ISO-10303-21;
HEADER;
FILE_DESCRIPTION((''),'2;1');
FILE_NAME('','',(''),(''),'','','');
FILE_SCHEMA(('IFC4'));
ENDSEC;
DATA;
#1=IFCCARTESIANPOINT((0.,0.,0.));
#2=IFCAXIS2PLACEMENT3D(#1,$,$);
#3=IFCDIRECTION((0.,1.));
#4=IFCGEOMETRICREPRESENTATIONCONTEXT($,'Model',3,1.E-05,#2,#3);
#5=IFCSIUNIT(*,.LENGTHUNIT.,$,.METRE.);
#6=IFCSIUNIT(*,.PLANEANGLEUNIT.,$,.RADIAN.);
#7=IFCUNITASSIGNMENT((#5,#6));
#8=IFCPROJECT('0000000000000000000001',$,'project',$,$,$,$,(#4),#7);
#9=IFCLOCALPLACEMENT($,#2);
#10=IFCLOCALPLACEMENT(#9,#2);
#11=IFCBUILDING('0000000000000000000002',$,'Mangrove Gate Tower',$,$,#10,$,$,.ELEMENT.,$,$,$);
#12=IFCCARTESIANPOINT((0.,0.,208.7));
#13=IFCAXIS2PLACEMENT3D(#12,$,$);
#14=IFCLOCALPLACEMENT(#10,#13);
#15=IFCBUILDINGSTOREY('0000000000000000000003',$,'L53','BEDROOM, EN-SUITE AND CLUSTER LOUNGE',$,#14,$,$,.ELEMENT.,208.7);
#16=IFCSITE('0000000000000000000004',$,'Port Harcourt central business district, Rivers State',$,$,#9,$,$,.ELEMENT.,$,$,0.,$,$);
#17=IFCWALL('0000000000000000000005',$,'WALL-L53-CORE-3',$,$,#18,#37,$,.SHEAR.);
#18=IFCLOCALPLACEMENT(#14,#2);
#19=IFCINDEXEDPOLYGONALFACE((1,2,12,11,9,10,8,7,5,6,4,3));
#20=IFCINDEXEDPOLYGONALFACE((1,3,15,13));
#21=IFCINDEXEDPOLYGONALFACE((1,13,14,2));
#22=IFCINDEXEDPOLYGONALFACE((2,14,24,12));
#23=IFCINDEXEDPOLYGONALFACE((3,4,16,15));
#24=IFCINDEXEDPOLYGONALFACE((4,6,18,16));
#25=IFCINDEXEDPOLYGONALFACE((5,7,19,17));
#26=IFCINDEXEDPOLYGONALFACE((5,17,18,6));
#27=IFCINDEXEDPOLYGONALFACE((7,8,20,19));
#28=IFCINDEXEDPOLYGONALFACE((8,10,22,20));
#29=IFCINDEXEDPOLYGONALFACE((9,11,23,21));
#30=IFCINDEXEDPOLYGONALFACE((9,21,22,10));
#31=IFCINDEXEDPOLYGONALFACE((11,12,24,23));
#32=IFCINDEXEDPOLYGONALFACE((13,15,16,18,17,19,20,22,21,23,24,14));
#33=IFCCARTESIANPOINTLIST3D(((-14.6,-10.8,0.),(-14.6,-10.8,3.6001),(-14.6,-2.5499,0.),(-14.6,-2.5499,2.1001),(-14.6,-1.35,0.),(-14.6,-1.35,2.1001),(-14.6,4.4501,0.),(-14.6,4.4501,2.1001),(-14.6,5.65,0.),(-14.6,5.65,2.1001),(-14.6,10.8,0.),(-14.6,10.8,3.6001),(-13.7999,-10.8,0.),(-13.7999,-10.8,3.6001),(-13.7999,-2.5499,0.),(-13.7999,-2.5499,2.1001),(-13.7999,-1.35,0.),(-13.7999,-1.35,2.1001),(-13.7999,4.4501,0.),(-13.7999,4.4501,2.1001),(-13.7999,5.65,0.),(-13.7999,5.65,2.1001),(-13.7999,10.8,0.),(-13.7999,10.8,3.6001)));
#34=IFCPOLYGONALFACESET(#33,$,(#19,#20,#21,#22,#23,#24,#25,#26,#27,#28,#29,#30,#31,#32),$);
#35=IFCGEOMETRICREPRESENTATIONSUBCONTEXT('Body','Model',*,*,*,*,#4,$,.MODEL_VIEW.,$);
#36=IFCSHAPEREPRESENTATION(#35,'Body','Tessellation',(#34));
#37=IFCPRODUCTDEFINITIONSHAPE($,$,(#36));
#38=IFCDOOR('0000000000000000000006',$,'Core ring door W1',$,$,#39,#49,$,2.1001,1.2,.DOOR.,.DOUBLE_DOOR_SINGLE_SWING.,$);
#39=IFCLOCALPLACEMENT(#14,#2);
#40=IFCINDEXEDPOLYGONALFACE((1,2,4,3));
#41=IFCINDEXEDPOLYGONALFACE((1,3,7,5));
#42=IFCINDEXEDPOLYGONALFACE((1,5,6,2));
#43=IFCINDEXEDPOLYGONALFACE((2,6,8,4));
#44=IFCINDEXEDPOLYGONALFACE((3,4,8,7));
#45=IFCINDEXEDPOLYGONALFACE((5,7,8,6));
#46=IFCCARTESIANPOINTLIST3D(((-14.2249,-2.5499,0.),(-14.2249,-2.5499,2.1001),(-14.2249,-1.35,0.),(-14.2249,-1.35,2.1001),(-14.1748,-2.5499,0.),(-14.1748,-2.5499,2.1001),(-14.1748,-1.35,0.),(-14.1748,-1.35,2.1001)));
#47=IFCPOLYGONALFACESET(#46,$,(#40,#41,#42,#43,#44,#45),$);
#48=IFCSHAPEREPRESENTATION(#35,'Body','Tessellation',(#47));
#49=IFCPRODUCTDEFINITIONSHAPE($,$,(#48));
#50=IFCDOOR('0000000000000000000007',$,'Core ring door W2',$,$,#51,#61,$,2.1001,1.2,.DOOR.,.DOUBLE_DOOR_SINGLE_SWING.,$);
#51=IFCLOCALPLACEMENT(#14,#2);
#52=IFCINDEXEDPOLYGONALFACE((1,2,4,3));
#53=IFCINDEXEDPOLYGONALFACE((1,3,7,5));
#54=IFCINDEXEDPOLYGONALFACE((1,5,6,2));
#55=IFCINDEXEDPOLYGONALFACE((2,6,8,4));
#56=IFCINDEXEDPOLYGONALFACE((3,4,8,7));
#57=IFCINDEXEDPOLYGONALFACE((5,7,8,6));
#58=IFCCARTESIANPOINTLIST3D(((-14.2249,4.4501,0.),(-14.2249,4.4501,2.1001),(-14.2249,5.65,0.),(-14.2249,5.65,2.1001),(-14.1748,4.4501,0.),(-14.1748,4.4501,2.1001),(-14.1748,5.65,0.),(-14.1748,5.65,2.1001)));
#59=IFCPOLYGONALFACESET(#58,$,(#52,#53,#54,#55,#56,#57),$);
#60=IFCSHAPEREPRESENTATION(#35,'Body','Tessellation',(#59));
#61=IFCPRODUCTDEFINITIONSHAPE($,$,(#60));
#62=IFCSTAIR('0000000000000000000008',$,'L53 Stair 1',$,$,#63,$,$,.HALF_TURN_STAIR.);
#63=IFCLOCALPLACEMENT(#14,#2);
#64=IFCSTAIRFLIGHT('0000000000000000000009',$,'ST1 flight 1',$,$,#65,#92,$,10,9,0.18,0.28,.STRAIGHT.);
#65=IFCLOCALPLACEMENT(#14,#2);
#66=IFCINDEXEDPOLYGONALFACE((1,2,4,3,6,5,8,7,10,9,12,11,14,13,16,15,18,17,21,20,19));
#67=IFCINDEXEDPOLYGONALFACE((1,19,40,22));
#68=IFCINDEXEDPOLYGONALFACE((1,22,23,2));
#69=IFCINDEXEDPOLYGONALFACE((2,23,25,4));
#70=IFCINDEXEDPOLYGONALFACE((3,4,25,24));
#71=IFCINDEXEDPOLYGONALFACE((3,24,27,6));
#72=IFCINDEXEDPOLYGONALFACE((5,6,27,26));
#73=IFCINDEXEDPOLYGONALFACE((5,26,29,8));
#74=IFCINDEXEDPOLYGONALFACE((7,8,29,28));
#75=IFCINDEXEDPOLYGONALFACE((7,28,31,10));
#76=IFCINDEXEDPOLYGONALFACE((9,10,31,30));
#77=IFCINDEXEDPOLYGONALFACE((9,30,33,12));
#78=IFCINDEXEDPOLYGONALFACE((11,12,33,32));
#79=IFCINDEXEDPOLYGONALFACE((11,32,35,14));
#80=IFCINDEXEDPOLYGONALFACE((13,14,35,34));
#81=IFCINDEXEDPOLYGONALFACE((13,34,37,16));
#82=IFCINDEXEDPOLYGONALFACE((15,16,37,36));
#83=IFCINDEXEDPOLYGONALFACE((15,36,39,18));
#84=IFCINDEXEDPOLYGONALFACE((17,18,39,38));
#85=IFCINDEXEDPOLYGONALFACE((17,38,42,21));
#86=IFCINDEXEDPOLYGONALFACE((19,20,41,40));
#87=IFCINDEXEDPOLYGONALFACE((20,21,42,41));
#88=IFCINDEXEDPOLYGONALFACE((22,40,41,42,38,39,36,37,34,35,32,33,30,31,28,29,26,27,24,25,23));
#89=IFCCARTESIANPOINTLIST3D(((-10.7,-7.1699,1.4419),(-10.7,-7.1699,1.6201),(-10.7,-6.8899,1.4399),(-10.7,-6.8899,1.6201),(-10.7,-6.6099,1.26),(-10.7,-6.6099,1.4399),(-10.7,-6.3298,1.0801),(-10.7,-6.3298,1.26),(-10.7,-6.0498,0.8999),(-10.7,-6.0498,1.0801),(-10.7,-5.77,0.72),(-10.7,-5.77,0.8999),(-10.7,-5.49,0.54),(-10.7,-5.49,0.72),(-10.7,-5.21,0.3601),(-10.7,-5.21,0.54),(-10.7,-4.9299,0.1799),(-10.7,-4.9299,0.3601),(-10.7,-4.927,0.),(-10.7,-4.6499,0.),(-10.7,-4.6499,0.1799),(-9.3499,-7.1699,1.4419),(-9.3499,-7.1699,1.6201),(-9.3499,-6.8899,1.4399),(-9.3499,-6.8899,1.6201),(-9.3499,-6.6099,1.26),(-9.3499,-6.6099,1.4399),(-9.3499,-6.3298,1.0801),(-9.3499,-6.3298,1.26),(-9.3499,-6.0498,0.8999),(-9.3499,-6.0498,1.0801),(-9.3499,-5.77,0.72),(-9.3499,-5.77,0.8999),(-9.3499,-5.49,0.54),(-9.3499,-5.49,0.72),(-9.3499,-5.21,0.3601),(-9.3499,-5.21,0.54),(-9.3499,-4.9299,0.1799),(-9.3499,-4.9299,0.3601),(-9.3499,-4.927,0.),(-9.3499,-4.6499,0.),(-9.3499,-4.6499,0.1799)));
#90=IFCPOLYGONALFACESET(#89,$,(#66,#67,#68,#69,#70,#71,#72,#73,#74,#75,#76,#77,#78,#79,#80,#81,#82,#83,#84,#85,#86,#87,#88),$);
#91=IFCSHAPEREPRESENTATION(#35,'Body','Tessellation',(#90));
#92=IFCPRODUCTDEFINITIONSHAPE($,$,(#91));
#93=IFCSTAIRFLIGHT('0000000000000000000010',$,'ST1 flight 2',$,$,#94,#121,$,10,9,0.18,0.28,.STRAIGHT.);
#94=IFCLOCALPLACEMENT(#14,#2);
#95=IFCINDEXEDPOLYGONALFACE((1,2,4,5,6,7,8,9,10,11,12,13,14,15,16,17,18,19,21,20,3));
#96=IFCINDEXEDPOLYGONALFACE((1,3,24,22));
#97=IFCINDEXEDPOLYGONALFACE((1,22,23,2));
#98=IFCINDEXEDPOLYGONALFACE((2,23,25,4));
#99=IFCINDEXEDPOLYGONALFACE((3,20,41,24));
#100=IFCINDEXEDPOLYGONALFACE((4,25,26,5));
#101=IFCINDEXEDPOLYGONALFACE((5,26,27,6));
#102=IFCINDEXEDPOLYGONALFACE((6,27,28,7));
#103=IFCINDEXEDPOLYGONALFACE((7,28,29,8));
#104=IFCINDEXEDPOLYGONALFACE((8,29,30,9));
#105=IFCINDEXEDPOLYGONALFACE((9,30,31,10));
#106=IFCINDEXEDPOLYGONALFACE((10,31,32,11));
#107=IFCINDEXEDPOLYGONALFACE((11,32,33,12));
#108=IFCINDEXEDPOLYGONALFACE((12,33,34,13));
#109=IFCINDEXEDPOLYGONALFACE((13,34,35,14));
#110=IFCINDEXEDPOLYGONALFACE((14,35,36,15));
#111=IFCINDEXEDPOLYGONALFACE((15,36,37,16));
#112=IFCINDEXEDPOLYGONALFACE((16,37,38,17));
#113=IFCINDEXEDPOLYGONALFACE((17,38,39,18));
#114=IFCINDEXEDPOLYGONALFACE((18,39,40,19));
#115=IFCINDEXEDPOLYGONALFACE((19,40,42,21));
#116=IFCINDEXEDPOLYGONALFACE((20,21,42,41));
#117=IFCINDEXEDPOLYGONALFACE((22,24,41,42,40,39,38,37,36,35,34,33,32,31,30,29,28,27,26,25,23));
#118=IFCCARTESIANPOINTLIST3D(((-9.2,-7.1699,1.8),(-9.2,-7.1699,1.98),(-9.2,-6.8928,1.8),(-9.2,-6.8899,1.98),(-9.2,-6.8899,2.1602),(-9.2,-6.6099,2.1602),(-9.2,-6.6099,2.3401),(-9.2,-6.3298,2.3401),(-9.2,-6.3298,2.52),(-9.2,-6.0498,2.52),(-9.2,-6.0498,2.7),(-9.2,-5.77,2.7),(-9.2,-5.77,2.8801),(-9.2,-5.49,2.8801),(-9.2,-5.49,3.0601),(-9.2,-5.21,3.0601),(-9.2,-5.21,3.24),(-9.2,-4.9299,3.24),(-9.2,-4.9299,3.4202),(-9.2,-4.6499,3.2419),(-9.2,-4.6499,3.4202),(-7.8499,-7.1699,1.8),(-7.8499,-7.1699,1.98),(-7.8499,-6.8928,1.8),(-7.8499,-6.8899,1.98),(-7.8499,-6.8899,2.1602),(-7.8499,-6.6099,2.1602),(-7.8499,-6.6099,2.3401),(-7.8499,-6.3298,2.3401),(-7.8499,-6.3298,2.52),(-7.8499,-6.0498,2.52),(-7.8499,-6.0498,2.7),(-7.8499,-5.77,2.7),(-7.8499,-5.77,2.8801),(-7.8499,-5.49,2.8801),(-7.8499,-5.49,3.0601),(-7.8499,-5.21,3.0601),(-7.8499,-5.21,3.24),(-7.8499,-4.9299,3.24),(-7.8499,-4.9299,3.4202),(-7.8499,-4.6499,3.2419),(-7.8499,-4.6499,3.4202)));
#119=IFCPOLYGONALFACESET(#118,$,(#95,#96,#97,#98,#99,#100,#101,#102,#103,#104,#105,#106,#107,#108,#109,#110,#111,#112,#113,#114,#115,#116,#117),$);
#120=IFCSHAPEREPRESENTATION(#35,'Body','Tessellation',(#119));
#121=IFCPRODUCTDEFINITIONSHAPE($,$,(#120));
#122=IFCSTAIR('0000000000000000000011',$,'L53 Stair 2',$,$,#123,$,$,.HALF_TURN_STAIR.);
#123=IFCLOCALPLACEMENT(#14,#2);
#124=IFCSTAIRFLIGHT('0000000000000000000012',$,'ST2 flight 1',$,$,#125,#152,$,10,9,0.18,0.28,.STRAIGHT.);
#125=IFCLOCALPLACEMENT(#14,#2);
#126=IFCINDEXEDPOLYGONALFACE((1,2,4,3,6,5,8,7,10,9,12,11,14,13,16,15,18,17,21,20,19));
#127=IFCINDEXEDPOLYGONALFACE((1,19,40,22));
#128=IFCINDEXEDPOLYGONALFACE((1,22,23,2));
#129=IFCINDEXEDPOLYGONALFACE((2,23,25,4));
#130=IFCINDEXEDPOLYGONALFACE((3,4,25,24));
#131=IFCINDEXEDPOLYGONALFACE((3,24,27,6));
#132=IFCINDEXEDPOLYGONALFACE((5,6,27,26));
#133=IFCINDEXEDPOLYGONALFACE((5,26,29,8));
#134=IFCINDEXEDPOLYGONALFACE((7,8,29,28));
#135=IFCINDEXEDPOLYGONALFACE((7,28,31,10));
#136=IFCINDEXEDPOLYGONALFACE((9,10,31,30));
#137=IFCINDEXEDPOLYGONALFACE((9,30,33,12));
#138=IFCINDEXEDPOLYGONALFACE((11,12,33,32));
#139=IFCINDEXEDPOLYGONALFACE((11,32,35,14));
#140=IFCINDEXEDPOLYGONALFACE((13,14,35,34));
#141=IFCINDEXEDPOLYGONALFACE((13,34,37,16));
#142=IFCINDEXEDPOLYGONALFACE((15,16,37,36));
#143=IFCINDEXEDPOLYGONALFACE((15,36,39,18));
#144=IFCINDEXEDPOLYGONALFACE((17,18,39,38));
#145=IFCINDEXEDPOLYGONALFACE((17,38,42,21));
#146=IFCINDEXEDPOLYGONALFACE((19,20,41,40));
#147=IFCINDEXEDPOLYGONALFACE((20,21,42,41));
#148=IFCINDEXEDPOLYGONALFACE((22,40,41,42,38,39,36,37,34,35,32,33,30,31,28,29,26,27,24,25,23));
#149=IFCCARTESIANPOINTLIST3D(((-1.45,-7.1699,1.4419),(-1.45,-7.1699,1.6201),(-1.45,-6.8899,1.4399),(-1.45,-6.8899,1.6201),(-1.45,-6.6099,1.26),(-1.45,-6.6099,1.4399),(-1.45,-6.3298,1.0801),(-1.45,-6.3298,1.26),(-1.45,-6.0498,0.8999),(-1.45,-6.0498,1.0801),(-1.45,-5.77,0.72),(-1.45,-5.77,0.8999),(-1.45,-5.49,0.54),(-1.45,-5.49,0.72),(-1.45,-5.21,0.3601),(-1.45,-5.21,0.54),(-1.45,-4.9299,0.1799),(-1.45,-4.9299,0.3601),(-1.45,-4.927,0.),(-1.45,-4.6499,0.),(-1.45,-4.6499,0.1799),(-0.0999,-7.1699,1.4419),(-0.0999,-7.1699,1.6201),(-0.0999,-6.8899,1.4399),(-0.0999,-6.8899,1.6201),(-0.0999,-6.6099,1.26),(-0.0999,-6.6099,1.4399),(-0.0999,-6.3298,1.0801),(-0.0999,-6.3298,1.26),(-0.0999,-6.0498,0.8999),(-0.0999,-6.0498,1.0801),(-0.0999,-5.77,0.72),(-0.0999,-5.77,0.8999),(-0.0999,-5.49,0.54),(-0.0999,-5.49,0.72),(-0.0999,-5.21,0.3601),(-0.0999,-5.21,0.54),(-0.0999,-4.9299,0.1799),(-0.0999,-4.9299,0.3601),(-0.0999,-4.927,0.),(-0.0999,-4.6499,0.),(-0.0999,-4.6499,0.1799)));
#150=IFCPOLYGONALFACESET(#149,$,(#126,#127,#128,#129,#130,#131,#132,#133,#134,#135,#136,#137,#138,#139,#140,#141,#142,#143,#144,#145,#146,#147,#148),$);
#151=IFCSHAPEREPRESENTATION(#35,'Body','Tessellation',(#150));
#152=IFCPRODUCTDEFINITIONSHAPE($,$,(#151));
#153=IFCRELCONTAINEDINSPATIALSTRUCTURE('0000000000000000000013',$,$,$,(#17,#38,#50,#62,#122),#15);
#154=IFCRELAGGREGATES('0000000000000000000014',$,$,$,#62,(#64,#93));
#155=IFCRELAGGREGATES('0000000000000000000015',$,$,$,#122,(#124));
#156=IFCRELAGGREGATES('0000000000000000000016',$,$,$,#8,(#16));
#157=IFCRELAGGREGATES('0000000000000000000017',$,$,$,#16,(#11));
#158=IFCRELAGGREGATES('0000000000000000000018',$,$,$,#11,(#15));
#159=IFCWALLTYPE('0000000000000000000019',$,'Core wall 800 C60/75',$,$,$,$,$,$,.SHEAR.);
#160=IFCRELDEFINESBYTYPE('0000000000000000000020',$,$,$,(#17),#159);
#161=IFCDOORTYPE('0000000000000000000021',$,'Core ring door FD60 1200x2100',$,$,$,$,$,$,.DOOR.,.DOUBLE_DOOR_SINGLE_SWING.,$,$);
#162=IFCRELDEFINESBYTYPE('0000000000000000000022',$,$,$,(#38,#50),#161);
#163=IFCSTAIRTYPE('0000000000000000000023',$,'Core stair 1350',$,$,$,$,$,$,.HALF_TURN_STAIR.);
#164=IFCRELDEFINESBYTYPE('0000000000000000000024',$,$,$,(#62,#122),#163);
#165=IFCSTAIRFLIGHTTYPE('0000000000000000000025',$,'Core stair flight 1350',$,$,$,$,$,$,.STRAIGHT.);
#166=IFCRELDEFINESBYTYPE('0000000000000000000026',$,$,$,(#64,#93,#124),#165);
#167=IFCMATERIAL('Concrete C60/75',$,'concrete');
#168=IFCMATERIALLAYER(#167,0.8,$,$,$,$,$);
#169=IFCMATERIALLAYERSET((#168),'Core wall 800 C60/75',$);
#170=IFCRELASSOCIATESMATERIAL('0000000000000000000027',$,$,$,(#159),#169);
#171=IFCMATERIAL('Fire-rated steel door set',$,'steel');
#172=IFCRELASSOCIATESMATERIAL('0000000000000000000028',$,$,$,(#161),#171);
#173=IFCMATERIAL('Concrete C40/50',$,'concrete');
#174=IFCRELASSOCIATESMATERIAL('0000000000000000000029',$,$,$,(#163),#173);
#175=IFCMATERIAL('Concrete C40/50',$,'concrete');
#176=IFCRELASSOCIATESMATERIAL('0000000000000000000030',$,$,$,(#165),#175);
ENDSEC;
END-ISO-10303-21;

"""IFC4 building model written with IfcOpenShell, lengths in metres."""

from ifc_helpers import new_model, si_unit, direction, frame, frame_2d, origin, place, context, subcontext, project, spatial, polyline, rectangle, outline, extrude, material, layer, layer_set, type_object, element, fill, aggregate, save


model = new_model("IFC4")

# Units and contexts
model_context = context("Model", 3, precision=1e-05, world=origin(), true_north=direction((0.0, 1.0)))
body_context = subcontext(model_context, "Body", "Model", "MODEL_VIEW")
ifc_project = project(units=[si_unit("LENGTHUNIT", "METRE"), si_unit("PLANEANGLEUNIT", "RADIAN")], contexts=[model_context])

# Site, building, storey
site_placement = place(None, origin())
site = spatial("IfcSite", under=ifc_project, at=site_placement, Name="Port Harcourt central business district, Rivers State", CompositionType="ELEMENT", RefElevation=0.0)
building_placement = place(site_placement, origin())
building = spatial("IfcBuilding", under=site, at=building_placement, Name="Mangrove Gate Tower", CompositionType="ELEMENT")
storey_placement = place(building_placement, frame((0.0, 0.0, 208.7)))
storey = spatial("IfcBuildingStorey", under=building, at=storey_placement, Name="L53", Description="BEDROOM, EN-SUITE AND CLUSTER LOUNGE", CompositionType="ELEMENT", Elevation=208.7)

# Shared definitions
ifc_material_1 = material(Name="Concrete C60/75", Category="concrete")
ifc_layer_1 = layer(ifc_material_1, 0.8)
ifc_layer_set_1 = layer_set([ifc_layer_1], Name="Core wall 800 C60/75")
wall_type_1 = type_object("IfcWallType", Name="Core wall 800 C60/75", PredefinedType="SHEAR", material=ifc_layer_set_1)

# Wall, openings, doors
wall_1_placement = place(storey_placement, frame((-14.2, -10.8, 0.0), z_axis=(0.0, 0.0, 1.0), x_axis=(0.0, 1.0, 0.0)))
wall_1 = element("IfcWall", 1, at=wall_1_placement, inside=storey, type_object=wall_type_1, Name="WALL-L53-CORE-3", PredefinedType="SHEAR", context=body_context, shape_type="SweptSolid", body=[
    extrude(rectangle(XDim=21.6001, YDim=0.8, at=frame_2d((10.8, 0.0))), origin(), (0.0, 0.0, 1.0), 3.6001),
])
opening_1_placement = place(wall_1_placement, frame((8.25, 0.0, 0.0)))
opening_1 = element("IfcOpeningElement", 2, at=opening_1_placement, cuts=wall_1, PredefinedType="OPENING", context=body_context, shape_type="SweptSolid", body=[
    extrude(rectangle(XDim=1.2, YDim=2.1001, at=frame_2d((0.6001, 1.05))), frame((0.0, 0.4099, 0.0), z_axis=(0.0, -1.0, 0.0), x_axis=(1.0, 0.0, 0.0)), (0.0, 0.0, 1.0), 0.8201),
])
opening_2_placement = place(wall_1_placement, frame((15.25, 0.0, 0.0)))
opening_2 = element("IfcOpeningElement", 3, at=opening_2_placement, cuts=wall_1, PredefinedType="OPENING", context=body_context, shape_type="SweptSolid", body=[
    extrude(rectangle(XDim=1.2, YDim=2.1001, at=frame_2d((0.6001, 1.05))), frame((0.0, 0.4099, 0.0), z_axis=(0.0, -1.0, 0.0), x_axis=(1.0, 0.0, 0.0)), (0.0, 0.0, 1.0), 0.8201),
])
ifc_material_2 = material(Name="Fire-rated steel door set", Category="steel")
door_type_1 = type_object("IfcDoorType", Name="Core ring door FD60 1200x2100", OperationType="DOUBLE_DOOR_SINGLE_SWING", PredefinedType="DOOR", material=ifc_material_2)
door_1_placement = place(opening_1_placement, origin())
door_1 = element("IfcDoor", 4, at=door_1_placement, inside=storey, type_object=door_type_1, Name="Core ring door W1", OperationType="DOUBLE_DOOR_SINGLE_SWING", OverallHeight=2.1001, OverallWidth=1.2, PredefinedType="DOOR", context=body_context, shape_type="SweptSolid", body=[
    extrude(rectangle(XDim=1.2, YDim=2.1001, at=frame_2d((0.6001, 1.05))), frame((0.0, 0.0249, 0.0), z_axis=(0.0, -1.0, 0.0), x_axis=(1.0, 0.0, 0.0)), (0.0, 0.0, 1.0), 0.05),
])
fill(opening_1, door_1)
door_2_placement = place(opening_2_placement, origin())
door_2 = element("IfcDoor", 5, at=door_2_placement, inside=storey, type_object=door_type_1, Name="Core ring door W2", OperationType="DOUBLE_DOOR_SINGLE_SWING", OverallHeight=2.1001, OverallWidth=1.2, PredefinedType="DOOR", context=body_context, shape_type="SweptSolid", body=[
    extrude(rectangle(XDim=1.2, YDim=2.1001, at=frame_2d((0.6001, 1.05))), frame((0.0, 0.0249, 0.0), z_axis=(0.0, -1.0, 0.0), x_axis=(1.0, 0.0, 0.0)), (0.0, 0.0, 1.0), 0.05),
])
fill(opening_2, door_2)

# Stair, stair flights
ifc_material_3 = material(Name="Concrete C40/50", Category="concrete")
stair_type = type_object("IfcStairType", Name="Core stair 1350", PredefinedType="HALF_TURN_STAIR", material=ifc_material_3)
stair_1_placement = place(storey_placement, origin())
stair_1 = element("IfcStair", 6, at=stair_1_placement, inside=storey, type_object=stair_type, Name="L53 Stair 1", PredefinedType="HALF_TURN_STAIR")
ifc_material_4 = material(Name="Concrete C40/50", Category="concrete")
stair_flight_type = type_object("IfcStairFlightType", Name="Core stair flight 1350", PredefinedType="STRAIGHT", material=ifc_material_4)
stair_flight_1_placement = place(storey_placement, frame((-10.0249, -4.6499, 0.0), z_axis=(0.0, 0.0, 1.0), x_axis=(0.0, -1.0, 0.0)))
stair_flight_1 = element("IfcStairFlight", 7, at=stair_flight_1_placement, type_object=stair_flight_type, Name="ST1 flight 1", NumberOfRisers=10, NumberOfTreads=9, PredefinedType="STRAIGHT", RiserHeight=0.18, TreadLength=0.28, context=body_context, shape_type="SweptSolid", body=[
    extrude(outline(polyline([(0.0, 0.0), (0.0, 0.1799), (0.28, 0.1799), (0.28, 0.3601), (0.5601, 0.3601), (0.5601, 0.54), (0.8401, 0.54), (0.8401, 0.72), (1.1201, 0.72), (1.1201, 0.8999), (1.3999, 0.8999), (1.3999, 1.0801), (1.6799, 1.0801), (1.6799, 1.26), (1.96, 1.26), (1.96, 1.4399), (2.24, 1.4399), (2.24, 1.6201), (2.52, 1.6201), (2.52, 1.8), (2.52, 1.4419), (0.2771, 0.0), (0.0, 0.0)])), frame((0.0, 0.675, 0.0), z_axis=(0.0, -1.0, 0.0), x_axis=(1.0, 0.0, 0.0)), (0.0, 0.0, 1.0), 1.3501),
])
stair_flight_2_placement = place(storey_placement, frame((-8.5249, -7.1699, 1.8), z_axis=(0.0, 0.0, 1.0), x_axis=(0.0, 1.0, 0.0)))
stair_flight_2 = element("IfcStairFlight", 8, at=stair_flight_2_placement, type_object=stair_flight_type, Name="ST1 flight 2", NumberOfRisers=10, NumberOfTreads=9, PredefinedType="STRAIGHT", RiserHeight=0.18, TreadLength=0.28, context=body_context, shape_type="SweptSolid", body=[
    extrude(outline(polyline([(0.0, 0.0), (0.0, 0.1799), (0.28, 0.1799), (0.28, 0.3601), (0.5601, 0.3601), (0.5601, 0.54), (0.8401, 0.54), (0.8401, 0.72), (1.1201, 0.72), (1.1201, 0.8999), (1.3999, 0.8999), (1.3999, 1.0801), (1.6799, 1.0801), (1.6799, 1.26), (1.96, 1.26), (1.96, 1.4399), (2.24, 1.4399), (2.24, 1.6201), (2.52, 1.6201), (2.52, 1.8), (2.52, 1.4419), (0.2771, 0.0), (0.0, 0.0)])), frame((0.0, 0.675, 0.0), z_axis=(0.0, -1.0, 0.0), x_axis=(1.0, 0.0, 0.0)), (0.0, 0.0, 1.0), 1.3501),
])
aggregate(stair_1, [stair_flight_1, stair_flight_2])

# Stair, stair flight
stair_2_placement = place(storey_placement, origin())
stair_2 = element("IfcStair", 9, at=stair_2_placement, inside=storey, type_object=stair_type, Name="L53 Stair 2", PredefinedType="HALF_TURN_STAIR")
stair_flight_3_placement = place(storey_placement, frame((-0.7749, -4.6499, 0.0), z_axis=(0.0, 0.0, 1.0), x_axis=(0.0, -1.0, 0.0)))
stair_flight_3 = element("IfcStairFlight", 10, at=stair_flight_3_placement, type_object=stair_flight_type, Name="ST2 flight 1", NumberOfRisers=10, NumberOfTreads=9, PredefinedType="STRAIGHT", RiserHeight=0.18, TreadLength=0.28, context=body_context, shape_type="SweptSolid", body=[
    extrude(outline(polyline([(0.0, 0.0), (0.0, 0.1799), (0.28, 0.1799), (0.28, 0.3601), (0.5601, 0.3601), (0.5601, 0.54), (0.8401, 0.54), (0.8401, 0.72), (1.1201, 0.72), (1.1201, 0.8999), (1.3999, 0.8999), (1.3999, 1.0801), (1.6799, 1.0801), (1.6799, 1.26), (1.96, 1.26), (1.96, 1.4399), (2.24, 1.4399), (2.24, 1.6201), (2.52, 1.6201), (2.52, 1.8), (2.52, 1.4419), (0.2771, 0.0), (0.0, 0.0)])), frame((0.0, 0.675, 0.0), z_axis=(0.0, -1.0, 0.0), x_axis=(1.0, 0.0, 0.0)), (0.0, 0.0, 1.0), 1.3501),
])
aggregate(stair_2, [stair_flight_3])

save(model, "model.ifc")
